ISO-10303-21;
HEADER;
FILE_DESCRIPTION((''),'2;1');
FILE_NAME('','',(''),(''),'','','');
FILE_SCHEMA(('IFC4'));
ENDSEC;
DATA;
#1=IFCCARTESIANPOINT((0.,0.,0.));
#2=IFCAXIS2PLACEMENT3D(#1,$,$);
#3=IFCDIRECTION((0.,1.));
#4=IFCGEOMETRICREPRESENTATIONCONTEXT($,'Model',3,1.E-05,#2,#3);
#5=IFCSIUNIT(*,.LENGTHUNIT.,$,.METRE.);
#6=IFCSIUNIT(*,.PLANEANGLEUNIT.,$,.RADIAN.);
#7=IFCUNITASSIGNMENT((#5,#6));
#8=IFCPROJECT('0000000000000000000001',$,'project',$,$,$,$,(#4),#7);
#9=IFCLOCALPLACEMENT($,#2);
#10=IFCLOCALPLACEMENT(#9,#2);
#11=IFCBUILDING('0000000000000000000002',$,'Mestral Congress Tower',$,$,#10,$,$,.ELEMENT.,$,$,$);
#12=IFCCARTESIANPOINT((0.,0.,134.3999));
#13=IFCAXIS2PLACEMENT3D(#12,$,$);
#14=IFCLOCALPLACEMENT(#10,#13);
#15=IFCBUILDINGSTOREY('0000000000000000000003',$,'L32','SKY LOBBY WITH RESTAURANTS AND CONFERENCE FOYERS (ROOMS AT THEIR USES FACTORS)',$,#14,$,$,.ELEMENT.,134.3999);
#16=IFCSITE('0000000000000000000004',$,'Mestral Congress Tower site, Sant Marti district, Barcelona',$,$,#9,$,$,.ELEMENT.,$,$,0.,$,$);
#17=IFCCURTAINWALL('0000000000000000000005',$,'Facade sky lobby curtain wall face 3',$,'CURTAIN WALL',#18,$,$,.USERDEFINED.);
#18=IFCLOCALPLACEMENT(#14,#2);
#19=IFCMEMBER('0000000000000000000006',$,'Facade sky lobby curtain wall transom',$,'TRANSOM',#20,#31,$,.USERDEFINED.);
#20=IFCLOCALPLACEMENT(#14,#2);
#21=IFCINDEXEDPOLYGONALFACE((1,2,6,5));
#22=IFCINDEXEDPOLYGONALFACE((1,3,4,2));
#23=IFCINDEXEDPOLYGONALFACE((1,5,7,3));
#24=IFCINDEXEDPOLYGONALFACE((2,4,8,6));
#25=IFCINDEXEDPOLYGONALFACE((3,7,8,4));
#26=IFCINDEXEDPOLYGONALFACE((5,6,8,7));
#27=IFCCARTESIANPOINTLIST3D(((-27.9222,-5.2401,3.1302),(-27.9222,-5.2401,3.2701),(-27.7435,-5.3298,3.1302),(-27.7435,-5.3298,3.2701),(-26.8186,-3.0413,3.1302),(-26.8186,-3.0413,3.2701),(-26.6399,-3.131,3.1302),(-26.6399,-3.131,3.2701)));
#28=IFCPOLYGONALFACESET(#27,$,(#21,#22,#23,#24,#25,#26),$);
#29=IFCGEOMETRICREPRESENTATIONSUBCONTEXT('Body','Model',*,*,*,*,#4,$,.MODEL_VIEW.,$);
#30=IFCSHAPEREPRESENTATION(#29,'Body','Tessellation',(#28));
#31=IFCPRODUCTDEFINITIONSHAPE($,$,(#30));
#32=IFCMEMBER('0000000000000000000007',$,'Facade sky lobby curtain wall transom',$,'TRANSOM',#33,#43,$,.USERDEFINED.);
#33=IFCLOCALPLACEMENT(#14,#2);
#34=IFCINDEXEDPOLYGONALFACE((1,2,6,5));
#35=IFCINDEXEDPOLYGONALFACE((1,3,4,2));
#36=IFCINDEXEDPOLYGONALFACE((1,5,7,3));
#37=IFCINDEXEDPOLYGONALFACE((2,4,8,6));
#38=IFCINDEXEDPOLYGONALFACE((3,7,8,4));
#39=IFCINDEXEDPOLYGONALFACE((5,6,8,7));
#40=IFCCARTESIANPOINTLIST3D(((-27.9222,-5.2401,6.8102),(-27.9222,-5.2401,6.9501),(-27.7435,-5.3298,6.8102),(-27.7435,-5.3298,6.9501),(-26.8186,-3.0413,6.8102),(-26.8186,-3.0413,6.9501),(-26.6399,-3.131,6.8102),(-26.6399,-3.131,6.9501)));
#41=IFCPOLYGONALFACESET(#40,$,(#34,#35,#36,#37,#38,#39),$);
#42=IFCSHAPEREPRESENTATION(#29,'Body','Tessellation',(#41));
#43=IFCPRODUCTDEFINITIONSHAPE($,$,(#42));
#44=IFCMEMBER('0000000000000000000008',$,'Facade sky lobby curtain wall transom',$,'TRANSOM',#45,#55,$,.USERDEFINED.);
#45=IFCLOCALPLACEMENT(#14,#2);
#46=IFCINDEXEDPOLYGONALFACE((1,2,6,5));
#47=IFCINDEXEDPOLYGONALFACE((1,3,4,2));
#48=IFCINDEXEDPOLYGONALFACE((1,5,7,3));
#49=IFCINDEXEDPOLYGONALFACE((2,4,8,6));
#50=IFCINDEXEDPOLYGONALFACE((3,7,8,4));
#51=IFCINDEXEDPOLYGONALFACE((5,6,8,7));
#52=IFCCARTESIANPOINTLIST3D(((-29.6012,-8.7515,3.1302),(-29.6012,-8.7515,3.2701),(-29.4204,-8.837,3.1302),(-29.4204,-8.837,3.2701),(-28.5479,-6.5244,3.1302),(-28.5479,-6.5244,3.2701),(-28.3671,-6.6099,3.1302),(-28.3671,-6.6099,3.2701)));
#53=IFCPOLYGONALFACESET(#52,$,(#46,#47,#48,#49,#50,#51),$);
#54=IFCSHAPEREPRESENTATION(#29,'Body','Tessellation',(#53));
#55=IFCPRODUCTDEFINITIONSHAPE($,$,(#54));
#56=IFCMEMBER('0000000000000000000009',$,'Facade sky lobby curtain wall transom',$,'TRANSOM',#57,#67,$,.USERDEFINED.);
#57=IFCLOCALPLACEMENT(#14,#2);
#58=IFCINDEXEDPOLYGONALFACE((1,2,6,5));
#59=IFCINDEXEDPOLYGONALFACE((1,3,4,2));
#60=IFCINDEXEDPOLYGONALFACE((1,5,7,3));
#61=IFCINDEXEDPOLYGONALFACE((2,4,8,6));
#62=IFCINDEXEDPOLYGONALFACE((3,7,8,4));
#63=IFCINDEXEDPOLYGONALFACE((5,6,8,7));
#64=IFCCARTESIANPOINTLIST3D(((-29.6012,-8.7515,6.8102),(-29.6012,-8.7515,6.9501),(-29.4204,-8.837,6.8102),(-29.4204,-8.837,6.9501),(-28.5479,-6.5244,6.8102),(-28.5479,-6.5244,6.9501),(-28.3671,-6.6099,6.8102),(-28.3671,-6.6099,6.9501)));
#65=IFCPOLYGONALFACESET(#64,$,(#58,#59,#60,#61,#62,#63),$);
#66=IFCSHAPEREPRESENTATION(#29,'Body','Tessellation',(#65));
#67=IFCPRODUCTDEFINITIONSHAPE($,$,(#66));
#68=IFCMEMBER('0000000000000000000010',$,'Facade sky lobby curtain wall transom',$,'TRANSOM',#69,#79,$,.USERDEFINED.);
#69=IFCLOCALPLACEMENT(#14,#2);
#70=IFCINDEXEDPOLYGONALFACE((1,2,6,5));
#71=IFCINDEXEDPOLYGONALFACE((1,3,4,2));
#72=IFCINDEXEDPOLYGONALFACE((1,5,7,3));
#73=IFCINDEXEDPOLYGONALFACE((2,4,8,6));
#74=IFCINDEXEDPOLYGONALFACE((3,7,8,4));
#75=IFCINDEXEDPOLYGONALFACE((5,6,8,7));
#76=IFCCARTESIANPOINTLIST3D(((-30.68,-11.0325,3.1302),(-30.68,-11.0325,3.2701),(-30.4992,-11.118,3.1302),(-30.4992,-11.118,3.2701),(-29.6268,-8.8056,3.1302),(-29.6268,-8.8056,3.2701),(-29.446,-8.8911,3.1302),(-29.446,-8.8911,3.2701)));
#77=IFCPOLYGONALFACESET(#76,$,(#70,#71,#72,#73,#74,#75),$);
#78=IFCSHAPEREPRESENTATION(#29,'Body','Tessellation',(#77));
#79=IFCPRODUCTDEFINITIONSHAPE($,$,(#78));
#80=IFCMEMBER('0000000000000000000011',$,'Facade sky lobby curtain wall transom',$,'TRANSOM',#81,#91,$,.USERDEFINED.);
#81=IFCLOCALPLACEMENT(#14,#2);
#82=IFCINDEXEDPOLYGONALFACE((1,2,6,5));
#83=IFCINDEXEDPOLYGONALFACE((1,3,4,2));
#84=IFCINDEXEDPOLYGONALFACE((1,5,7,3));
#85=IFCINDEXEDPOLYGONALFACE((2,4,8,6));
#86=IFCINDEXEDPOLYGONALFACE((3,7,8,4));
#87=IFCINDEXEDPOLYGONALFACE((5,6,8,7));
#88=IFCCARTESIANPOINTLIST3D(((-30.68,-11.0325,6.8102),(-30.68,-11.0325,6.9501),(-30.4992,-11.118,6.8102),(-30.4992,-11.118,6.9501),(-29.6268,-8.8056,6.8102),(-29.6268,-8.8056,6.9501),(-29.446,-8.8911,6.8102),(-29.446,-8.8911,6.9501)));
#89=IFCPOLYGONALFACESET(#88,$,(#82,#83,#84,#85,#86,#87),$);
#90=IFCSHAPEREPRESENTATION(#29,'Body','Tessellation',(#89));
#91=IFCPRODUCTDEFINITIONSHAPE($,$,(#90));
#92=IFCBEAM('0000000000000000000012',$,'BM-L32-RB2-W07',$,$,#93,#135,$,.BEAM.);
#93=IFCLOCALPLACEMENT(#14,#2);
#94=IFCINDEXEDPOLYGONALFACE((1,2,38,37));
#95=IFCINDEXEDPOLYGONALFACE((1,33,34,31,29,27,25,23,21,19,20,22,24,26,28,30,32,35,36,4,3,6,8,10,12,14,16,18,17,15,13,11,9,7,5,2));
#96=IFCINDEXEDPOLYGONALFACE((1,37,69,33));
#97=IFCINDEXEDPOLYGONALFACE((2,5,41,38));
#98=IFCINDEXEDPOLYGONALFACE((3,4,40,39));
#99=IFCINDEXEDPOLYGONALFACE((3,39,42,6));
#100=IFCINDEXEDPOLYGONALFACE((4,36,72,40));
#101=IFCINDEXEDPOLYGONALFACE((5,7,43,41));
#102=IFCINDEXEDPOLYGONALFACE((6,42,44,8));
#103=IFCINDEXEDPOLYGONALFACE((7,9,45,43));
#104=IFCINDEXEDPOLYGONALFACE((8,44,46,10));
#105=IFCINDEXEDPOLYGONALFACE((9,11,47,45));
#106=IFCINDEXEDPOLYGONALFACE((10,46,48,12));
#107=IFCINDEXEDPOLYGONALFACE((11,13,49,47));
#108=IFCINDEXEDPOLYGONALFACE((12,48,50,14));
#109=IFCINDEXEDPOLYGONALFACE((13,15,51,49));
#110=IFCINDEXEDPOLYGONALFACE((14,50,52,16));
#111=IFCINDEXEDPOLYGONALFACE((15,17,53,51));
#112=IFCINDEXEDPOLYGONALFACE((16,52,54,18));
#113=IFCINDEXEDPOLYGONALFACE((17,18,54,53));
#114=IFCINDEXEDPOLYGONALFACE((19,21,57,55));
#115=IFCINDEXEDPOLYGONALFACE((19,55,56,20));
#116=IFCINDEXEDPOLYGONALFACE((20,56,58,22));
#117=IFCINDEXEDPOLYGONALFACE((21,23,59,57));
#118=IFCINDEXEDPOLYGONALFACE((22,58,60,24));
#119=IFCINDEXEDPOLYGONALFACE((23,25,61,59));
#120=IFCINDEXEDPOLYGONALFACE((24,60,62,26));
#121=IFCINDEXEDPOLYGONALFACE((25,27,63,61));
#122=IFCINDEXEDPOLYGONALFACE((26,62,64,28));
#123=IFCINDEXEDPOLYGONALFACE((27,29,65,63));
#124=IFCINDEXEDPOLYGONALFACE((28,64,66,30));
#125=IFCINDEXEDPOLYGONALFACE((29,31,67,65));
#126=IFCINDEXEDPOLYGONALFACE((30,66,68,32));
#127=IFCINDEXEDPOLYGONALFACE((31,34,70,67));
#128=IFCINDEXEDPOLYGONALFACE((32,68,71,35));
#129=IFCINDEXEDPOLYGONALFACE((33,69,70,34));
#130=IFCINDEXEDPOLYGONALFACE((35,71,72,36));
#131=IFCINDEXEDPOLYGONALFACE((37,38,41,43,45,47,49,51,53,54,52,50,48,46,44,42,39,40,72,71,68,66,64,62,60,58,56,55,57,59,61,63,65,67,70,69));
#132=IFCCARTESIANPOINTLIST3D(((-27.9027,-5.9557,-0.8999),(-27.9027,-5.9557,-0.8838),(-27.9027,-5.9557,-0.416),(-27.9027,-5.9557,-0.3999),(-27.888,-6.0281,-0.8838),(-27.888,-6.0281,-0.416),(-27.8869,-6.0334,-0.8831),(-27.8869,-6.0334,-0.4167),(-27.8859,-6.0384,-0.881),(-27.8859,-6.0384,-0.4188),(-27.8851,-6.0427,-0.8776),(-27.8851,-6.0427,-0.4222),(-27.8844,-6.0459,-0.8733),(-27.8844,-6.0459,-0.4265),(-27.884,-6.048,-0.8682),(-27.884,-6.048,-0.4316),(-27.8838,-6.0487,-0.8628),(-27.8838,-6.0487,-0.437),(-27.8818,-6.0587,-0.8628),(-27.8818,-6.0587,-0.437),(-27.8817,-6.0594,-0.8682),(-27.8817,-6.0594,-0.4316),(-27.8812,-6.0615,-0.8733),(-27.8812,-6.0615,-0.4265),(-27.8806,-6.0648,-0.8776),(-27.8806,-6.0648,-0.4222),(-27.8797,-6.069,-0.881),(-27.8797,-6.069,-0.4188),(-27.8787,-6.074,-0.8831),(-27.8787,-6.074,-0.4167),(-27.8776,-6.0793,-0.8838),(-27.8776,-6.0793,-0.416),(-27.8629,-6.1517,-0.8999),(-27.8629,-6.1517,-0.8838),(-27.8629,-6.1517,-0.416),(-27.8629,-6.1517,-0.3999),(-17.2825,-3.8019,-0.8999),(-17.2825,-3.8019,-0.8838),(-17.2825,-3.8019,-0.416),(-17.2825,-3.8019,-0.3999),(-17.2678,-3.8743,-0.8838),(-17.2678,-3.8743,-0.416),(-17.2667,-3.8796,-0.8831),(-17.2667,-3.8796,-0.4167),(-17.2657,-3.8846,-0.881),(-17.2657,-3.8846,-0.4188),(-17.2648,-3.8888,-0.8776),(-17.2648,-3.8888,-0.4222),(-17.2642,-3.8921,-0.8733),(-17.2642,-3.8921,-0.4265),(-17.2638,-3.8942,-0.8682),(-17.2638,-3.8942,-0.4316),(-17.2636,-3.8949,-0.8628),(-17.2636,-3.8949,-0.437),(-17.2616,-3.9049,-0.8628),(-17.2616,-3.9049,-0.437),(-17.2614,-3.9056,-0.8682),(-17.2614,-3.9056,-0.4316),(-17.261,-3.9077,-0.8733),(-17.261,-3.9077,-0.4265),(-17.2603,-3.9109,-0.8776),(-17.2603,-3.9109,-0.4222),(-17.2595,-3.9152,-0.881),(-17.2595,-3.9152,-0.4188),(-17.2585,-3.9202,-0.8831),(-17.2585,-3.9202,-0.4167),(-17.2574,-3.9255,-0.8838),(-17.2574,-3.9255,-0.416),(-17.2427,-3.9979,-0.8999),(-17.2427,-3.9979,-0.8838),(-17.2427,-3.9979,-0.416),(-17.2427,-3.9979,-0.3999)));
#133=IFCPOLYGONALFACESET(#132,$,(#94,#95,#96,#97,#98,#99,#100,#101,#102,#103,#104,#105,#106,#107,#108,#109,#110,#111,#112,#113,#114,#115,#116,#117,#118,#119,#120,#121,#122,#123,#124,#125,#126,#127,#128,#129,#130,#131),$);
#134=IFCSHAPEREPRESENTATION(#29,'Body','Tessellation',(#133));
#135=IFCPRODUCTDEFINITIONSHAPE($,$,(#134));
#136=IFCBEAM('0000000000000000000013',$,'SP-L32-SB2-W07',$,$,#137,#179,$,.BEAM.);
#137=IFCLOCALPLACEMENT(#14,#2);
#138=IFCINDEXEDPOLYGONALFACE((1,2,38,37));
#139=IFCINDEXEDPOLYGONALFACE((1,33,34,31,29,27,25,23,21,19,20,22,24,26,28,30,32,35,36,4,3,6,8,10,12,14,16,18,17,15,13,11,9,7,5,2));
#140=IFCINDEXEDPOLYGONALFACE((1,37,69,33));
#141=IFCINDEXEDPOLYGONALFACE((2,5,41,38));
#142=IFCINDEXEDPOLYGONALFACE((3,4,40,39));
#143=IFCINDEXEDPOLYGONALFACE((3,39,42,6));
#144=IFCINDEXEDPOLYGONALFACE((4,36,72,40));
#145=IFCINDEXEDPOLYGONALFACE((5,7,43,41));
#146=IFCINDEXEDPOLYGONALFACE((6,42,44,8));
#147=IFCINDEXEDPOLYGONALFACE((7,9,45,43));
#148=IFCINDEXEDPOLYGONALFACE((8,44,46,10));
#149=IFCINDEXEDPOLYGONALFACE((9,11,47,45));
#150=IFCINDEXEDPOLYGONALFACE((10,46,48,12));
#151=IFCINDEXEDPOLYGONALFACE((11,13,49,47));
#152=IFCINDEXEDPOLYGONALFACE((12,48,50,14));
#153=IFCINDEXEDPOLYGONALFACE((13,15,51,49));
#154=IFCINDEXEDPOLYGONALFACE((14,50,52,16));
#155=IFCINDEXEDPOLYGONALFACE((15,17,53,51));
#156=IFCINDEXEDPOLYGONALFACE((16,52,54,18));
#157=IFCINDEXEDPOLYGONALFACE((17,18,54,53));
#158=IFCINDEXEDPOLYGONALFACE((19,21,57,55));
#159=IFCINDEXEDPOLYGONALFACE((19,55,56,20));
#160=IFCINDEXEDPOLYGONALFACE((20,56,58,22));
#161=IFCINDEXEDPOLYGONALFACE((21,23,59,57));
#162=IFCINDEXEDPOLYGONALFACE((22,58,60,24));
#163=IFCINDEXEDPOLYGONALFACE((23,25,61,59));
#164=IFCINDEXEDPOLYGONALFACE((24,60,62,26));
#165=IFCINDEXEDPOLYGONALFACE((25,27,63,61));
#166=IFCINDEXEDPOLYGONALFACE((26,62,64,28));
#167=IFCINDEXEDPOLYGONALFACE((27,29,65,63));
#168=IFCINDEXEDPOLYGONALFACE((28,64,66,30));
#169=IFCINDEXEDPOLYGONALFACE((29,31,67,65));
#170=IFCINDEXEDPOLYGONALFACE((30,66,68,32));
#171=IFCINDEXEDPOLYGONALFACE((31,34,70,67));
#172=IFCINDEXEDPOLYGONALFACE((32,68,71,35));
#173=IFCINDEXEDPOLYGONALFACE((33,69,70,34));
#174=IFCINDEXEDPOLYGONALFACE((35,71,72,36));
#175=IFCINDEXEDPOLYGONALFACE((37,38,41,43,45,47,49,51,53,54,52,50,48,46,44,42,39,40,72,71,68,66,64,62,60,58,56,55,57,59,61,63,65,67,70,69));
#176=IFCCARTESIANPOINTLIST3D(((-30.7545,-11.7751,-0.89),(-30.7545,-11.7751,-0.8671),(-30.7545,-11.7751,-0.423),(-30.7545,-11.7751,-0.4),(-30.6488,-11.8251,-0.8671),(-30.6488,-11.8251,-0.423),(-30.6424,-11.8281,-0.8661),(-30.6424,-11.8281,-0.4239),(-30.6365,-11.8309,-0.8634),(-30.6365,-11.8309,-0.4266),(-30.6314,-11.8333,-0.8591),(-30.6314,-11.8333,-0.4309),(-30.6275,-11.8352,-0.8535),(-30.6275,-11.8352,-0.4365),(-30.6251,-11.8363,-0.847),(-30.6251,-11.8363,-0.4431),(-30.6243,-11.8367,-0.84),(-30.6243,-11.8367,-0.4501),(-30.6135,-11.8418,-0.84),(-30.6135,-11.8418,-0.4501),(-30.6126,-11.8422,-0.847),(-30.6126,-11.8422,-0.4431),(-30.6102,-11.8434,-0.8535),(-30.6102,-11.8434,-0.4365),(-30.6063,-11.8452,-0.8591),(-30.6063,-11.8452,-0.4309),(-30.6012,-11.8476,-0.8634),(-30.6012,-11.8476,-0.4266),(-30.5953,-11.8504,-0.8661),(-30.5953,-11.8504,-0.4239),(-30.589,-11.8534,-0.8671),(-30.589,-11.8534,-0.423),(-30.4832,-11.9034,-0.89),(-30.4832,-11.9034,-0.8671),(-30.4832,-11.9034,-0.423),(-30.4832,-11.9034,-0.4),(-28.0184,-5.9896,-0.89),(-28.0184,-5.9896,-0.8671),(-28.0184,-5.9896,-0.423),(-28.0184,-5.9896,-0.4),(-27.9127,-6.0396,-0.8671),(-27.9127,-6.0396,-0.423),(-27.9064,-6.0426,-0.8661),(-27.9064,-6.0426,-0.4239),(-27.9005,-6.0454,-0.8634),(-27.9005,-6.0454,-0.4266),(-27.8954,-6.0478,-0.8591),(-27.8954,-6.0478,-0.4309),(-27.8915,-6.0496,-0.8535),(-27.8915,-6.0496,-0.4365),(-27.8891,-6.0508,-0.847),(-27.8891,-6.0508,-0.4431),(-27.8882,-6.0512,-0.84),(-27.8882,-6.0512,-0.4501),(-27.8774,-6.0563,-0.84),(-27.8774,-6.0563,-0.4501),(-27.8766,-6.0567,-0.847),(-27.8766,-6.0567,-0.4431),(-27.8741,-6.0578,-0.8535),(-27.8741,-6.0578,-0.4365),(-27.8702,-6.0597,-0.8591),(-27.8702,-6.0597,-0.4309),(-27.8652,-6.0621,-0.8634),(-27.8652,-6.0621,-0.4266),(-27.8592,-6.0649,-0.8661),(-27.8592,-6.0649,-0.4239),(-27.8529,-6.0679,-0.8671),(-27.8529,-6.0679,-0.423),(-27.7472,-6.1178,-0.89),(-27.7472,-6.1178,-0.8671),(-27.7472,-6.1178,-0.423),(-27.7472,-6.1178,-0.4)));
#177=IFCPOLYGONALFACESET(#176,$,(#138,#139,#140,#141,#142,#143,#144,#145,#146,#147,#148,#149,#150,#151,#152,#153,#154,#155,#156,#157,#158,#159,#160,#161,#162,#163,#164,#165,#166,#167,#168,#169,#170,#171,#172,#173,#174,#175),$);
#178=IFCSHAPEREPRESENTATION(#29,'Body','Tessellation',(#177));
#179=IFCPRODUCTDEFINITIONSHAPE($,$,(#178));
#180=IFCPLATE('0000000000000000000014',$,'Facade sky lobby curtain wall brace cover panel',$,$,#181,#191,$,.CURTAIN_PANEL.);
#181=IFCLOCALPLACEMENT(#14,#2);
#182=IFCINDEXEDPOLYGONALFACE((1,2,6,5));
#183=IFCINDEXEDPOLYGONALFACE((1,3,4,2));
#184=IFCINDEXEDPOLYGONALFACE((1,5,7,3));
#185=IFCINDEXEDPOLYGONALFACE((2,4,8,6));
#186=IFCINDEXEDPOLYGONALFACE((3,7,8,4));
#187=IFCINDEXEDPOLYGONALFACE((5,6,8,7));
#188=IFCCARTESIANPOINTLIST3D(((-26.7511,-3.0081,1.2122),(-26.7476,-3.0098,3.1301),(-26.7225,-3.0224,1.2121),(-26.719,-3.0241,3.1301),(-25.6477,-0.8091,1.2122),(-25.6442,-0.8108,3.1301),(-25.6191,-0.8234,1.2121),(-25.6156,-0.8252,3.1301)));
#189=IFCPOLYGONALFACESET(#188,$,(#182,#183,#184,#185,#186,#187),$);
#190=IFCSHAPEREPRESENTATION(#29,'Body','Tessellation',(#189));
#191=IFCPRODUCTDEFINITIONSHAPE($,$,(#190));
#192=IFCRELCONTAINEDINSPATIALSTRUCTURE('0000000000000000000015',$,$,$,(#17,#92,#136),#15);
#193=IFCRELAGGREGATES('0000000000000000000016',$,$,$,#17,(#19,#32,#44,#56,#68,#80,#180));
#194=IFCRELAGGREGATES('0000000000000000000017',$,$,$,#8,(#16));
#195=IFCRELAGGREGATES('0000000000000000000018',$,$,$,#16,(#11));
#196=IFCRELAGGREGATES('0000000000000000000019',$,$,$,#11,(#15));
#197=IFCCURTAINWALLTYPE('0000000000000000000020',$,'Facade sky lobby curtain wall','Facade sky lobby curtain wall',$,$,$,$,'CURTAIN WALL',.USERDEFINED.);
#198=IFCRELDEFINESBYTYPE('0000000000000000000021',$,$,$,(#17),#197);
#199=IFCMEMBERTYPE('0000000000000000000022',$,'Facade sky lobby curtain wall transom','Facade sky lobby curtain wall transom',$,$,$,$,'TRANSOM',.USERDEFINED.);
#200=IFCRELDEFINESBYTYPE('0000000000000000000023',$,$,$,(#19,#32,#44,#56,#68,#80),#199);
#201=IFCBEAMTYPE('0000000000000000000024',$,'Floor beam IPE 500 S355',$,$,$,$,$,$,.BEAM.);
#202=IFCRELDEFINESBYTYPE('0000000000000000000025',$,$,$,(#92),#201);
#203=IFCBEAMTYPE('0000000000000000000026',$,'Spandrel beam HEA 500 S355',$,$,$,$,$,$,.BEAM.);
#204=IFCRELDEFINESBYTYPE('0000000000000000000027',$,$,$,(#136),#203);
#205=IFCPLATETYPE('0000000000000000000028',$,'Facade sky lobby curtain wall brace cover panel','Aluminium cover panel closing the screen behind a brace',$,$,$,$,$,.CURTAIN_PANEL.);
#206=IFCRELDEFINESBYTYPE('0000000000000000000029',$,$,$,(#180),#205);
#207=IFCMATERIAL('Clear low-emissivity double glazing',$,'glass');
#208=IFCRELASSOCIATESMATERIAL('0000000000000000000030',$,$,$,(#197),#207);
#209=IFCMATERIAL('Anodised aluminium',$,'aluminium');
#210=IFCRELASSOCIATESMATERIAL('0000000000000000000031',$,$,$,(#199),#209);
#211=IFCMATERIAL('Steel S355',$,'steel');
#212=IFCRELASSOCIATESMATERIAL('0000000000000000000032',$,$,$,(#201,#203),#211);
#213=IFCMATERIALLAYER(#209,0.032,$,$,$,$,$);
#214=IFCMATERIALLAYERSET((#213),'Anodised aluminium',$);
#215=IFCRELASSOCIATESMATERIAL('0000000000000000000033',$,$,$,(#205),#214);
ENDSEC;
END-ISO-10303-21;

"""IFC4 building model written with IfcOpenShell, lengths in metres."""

from ifc_helpers import new_model, si_unit, direction, frame, origin, origin_2d, place, context, subcontext, project, spatial, polyline, rectangle, i_section, outline, extrude, material, layer, layer_set, material_profile, profile_set, type_object, element, aggregate, save


model = new_model("IFC4")

# Units and contexts
model_context = context("Model", 3, precision=1e-05, world=origin(), true_north=direction((0.0, 1.0)))
body_context = subcontext(model_context, "Body", "Model", "MODEL_VIEW")
ifc_project = project(units=[si_unit("LENGTHUNIT", "METRE"), si_unit("PLANEANGLEUNIT", "RADIAN")], contexts=[model_context])

# Site, building, storey
site_placement = place(None, origin())
site = spatial("IfcSite", under=ifc_project, at=site_placement, Name="Mestral Congress Tower site, Sant Marti district, Barcelona", CompositionType="ELEMENT", RefElevation=0.0)
building_placement = place(site_placement, origin())
building = spatial("IfcBuilding", under=site, at=building_placement, Name="Mestral Congress Tower", CompositionType="ELEMENT")
storey_placement = place(building_placement, frame((0.0, 0.0, 134.3999)))
storey = spatial("IfcBuildingStorey", under=building, at=storey_placement, Name="L32", Description="SKY LOBBY WITH RESTAURANTS AND CONFERENCE FOYERS (ROOMS AT THEIR USES FACTORS)", CompositionType="ELEMENT", Elevation=134.3999)

# Shared definitions
ifc_material_1 = material(Name="Steel S355", Category="steel")

# Curtain wall, members
ifc_material_2 = material(Name="Clear low-emissivity double glazing", Category="glass")
curtain_wall_type = type_object("IfcCurtainWallType", Name="Facade sky lobby curtain wall", Description="Facade sky lobby curtain wall", ElementType="CURTAIN WALL", PredefinedType="USERDEFINED", material=ifc_material_2)
curtain_wall_placement = place(storey_placement, origin())
curtain_wall = element("IfcCurtainWall", 1, at=curtain_wall_placement, inside=storey, type_object=curtain_wall_type, Name="Facade sky lobby curtain wall face 3", ObjectType="CURTAIN WALL", PredefinedType="USERDEFINED")
ifc_material_3 = material(Name="Anodised aluminium", Category="aluminium")
ifc_material_profile_1 = material_profile(ifc_material_3, rectangle(XDim=0.2, YDim=0.1399, at=origin_2d()), Name="CW1 transom 200 x 140")
ifc_profile_set_1 = profile_set([ifc_material_profile_1], Name="Anodised aluminium")
member_type_1 = type_object("IfcMemberType", Name="Facade sky lobby curtain wall transom", Description="Facade sky lobby curtain wall transom", ElementType="TRANSOM", PredefinedType="USERDEFINED", material=ifc_profile_set_1)
member_1_placement = place(storey_placement, frame((-26.7292, -3.0862, 3.2002), z_axis=(-0.448563, -0.893751, 0.0), x_axis=(0.893751, -0.448563, 0.0)))
member_1 = element("IfcMember", 2, at=member_1_placement, type_object=member_type_1, Name="Facade sky lobby curtain wall transom", ObjectType="TRANSOM", PredefinedType="USERDEFINED", context=body_context, shape_type="SweptSolid", body=[
    extrude(rectangle(XDim=0.2, YDim=0.1399, at=origin_2d()), origin(), (0.0, 0.0, 1.0), 2.4602),
])
member_2_placement = place(storey_placement, frame((-26.7292, -3.0862, 6.8801), z_axis=(-0.448563, -0.893751, 0.0), x_axis=(0.893751, -0.448563, 0.0)))
member_2 = element("IfcMember", 3, at=member_2_placement, type_object=member_type_1, Name="Facade sky lobby curtain wall transom", ObjectType="TRANSOM", PredefinedType="USERDEFINED", context=body_context, shape_type="SweptSolid", body=[
    extrude(rectangle(XDim=0.2, YDim=0.1399, at=origin_2d()), origin(), (0.0, 0.0, 1.0), 2.4602),
])
member_3_placement = place(storey_placement, frame((-28.4575, -6.5671, 3.2002), z_axis=(-0.427524, -0.904004, 0.0), x_axis=(0.904004, -0.427524, 0.0)))
member_3 = element("IfcMember", 4, at=member_3_placement, type_object=member_type_1, Name="Facade sky lobby curtain wall transom", ObjectType="TRANSOM", PredefinedType="USERDEFINED", context=body_context, shape_type="SweptSolid", body=[
    extrude(rectangle(XDim=0.2, YDim=0.1399, at=origin_2d()), origin(), (0.0, 0.0, 1.0), 2.4636),
])
member_4_placement = place(storey_placement, frame((-28.4575, -6.5671, 6.8801), z_axis=(-0.427524, -0.904004, 0.0), x_axis=(0.904004, -0.427524, 0.0)))
member_4 = element("IfcMember", 5, at=member_4_placement, type_object=member_type_1, Name="Facade sky lobby curtain wall transom", ObjectType="TRANSOM", PredefinedType="USERDEFINED", context=body_context, shape_type="SweptSolid", body=[
    extrude(rectangle(XDim=0.2, YDim=0.1399, at=origin_2d()), origin(), (0.0, 0.0, 1.0), 2.4636),
])
member_5_placement = place(storey_placement, frame((-29.5364, -8.8484, 3.2002), z_axis=(-0.427562, -0.903986, 0.0), x_axis=(0.903986, -0.427562, 0.0)))
member_5 = element("IfcMember", 6, at=member_5_placement, type_object=member_type_1, Name="Facade sky lobby curtain wall transom", ObjectType="TRANSOM", PredefinedType="USERDEFINED", context=body_context, shape_type="SweptSolid", body=[
    extrude(rectangle(XDim=0.2, YDim=0.1399, at=origin_2d()), origin(), (0.0, 0.0, 1.0), 2.4634),
])
member_6_placement = place(storey_placement, frame((-29.5364, -8.8484, 6.8801), z_axis=(-0.427562, -0.903986, 0.0), x_axis=(0.903986, -0.427562, 0.0)))
member_6 = element("IfcMember", 7, at=member_6_placement, type_object=member_type_1, Name="Facade sky lobby curtain wall transom", ObjectType="TRANSOM", PredefinedType="USERDEFINED", context=body_context, shape_type="SweptSolid", body=[
    extrude(rectangle(XDim=0.2, YDim=0.1399, at=origin_2d()), origin(), (0.0, 0.0, 1.0), 2.4634),
])

# Beams
ifc_material_profile_2 = material_profile(ifc_material_1, i_section(OverallWidth=0.2, OverallDepth=0.5, WebThickness=0.0103, FlangeThickness=0.0161, FilletRadius=0.021, at=origin_2d()), Name="IPE 500")
ifc_profile_set_2 = profile_set([ifc_material_profile_2], Name="Steel S355")
beam_type_1 = type_object("IfcBeamType", Name="Floor beam IPE 500 S355", PredefinedType="BEAM", material=ifc_profile_set_2)
beam_1_placement = place(storey_placement, frame((-27.8828, -6.0537, -0.6499), z_axis=(0.980049, 0.198758, 0.0), x_axis=(-0.198758, 0.980049, 0.0)))
element("IfcBeam", 8, at=beam_1_placement, inside=storey, type_object=beam_type_1, Name="BM-L32-RB2-W07", PredefinedType="BEAM", context=body_context, shape_type="SweptSolid", body=[
    extrude(i_section(OverallWidth=0.2, OverallDepth=0.5, WebThickness=0.0103, FlangeThickness=0.0161, FilletRadius=0.021, at=origin_2d()), origin(), (0.0, 0.0, 1.0), 10.8364),
])
ifc_material_profile_3 = material_profile(ifc_material_1, i_section(OverallWidth=0.3, OverallDepth=0.49, WebThickness=0.012, FlangeThickness=0.0229, FilletRadius=0.0271, at=origin_2d()), Name="HEA 500")
ifc_profile_set_3 = profile_set([ifc_material_profile_3], Name="Steel S355")
beam_type_2 = type_object("IfcBeamType", Name="Spandrel beam HEA 500 S355", PredefinedType="BEAM", material=ifc_profile_set_3)
beam_2_placement = place(storey_placement, frame((-27.8828, -6.0537, -0.645), z_axis=(-0.427514, -0.904009, 0.0), x_axis=(0.904009, -0.427514, 0.0)))
element("IfcBeam", 9, at=beam_2_placement, inside=storey, type_object=beam_type_2, Name="SP-L32-SB2-W07", PredefinedType="BEAM", context=body_context, shape_type="SweptSolid", body=[
    extrude(i_section(OverallWidth=0.3, OverallDepth=0.49, WebThickness=0.012, FlangeThickness=0.0229, FilletRadius=0.0271, at=origin_2d()), origin(), (0.0, 0.0, 1.0), 6.3999),
])

# Plate
ifc_layer_1 = layer(ifc_material_3, 0.032)
ifc_layer_set_1 = layer_set([ifc_layer_1], Name="Anodised aluminium")
plate_type_1 = type_object("IfcPlateType", Name="Facade sky lobby curtain wall brace cover panel", Description="Aluminium cover panel closing the screen behind a brace", PredefinedType="CURTAIN_PANEL", material=ifc_layer_set_1)
plate_1_placement = place(storey_placement, frame((-26.7476, -3.0098, 3.1301), z_axis=(-0.893789, 0.448482, 0.002049), x_axis=(-0.001859, 0.000866, -0.999998)))
plate_1 = element("IfcPlate", 10, at=plate_1_placement, type_object=plate_type_1, Name="Facade sky lobby curtain wall brace cover panel", PredefinedType="CURTAIN_PANEL", context=body_context, shape_type="SweptSolid", body=[
    extrude(outline(polyline([(0.0, 0.0), (1.918, 0.0), (1.9178, -2.4603), (-0.0001, -2.4602), (0.0, 0.0)])), origin(), (0.0, 0.0, -1.0), 0.032),
])
aggregate(curtain_wall, [member_1, member_2, member_3, member_4, member_5, member_6, plate_1])

save(model, "model.ifc")
